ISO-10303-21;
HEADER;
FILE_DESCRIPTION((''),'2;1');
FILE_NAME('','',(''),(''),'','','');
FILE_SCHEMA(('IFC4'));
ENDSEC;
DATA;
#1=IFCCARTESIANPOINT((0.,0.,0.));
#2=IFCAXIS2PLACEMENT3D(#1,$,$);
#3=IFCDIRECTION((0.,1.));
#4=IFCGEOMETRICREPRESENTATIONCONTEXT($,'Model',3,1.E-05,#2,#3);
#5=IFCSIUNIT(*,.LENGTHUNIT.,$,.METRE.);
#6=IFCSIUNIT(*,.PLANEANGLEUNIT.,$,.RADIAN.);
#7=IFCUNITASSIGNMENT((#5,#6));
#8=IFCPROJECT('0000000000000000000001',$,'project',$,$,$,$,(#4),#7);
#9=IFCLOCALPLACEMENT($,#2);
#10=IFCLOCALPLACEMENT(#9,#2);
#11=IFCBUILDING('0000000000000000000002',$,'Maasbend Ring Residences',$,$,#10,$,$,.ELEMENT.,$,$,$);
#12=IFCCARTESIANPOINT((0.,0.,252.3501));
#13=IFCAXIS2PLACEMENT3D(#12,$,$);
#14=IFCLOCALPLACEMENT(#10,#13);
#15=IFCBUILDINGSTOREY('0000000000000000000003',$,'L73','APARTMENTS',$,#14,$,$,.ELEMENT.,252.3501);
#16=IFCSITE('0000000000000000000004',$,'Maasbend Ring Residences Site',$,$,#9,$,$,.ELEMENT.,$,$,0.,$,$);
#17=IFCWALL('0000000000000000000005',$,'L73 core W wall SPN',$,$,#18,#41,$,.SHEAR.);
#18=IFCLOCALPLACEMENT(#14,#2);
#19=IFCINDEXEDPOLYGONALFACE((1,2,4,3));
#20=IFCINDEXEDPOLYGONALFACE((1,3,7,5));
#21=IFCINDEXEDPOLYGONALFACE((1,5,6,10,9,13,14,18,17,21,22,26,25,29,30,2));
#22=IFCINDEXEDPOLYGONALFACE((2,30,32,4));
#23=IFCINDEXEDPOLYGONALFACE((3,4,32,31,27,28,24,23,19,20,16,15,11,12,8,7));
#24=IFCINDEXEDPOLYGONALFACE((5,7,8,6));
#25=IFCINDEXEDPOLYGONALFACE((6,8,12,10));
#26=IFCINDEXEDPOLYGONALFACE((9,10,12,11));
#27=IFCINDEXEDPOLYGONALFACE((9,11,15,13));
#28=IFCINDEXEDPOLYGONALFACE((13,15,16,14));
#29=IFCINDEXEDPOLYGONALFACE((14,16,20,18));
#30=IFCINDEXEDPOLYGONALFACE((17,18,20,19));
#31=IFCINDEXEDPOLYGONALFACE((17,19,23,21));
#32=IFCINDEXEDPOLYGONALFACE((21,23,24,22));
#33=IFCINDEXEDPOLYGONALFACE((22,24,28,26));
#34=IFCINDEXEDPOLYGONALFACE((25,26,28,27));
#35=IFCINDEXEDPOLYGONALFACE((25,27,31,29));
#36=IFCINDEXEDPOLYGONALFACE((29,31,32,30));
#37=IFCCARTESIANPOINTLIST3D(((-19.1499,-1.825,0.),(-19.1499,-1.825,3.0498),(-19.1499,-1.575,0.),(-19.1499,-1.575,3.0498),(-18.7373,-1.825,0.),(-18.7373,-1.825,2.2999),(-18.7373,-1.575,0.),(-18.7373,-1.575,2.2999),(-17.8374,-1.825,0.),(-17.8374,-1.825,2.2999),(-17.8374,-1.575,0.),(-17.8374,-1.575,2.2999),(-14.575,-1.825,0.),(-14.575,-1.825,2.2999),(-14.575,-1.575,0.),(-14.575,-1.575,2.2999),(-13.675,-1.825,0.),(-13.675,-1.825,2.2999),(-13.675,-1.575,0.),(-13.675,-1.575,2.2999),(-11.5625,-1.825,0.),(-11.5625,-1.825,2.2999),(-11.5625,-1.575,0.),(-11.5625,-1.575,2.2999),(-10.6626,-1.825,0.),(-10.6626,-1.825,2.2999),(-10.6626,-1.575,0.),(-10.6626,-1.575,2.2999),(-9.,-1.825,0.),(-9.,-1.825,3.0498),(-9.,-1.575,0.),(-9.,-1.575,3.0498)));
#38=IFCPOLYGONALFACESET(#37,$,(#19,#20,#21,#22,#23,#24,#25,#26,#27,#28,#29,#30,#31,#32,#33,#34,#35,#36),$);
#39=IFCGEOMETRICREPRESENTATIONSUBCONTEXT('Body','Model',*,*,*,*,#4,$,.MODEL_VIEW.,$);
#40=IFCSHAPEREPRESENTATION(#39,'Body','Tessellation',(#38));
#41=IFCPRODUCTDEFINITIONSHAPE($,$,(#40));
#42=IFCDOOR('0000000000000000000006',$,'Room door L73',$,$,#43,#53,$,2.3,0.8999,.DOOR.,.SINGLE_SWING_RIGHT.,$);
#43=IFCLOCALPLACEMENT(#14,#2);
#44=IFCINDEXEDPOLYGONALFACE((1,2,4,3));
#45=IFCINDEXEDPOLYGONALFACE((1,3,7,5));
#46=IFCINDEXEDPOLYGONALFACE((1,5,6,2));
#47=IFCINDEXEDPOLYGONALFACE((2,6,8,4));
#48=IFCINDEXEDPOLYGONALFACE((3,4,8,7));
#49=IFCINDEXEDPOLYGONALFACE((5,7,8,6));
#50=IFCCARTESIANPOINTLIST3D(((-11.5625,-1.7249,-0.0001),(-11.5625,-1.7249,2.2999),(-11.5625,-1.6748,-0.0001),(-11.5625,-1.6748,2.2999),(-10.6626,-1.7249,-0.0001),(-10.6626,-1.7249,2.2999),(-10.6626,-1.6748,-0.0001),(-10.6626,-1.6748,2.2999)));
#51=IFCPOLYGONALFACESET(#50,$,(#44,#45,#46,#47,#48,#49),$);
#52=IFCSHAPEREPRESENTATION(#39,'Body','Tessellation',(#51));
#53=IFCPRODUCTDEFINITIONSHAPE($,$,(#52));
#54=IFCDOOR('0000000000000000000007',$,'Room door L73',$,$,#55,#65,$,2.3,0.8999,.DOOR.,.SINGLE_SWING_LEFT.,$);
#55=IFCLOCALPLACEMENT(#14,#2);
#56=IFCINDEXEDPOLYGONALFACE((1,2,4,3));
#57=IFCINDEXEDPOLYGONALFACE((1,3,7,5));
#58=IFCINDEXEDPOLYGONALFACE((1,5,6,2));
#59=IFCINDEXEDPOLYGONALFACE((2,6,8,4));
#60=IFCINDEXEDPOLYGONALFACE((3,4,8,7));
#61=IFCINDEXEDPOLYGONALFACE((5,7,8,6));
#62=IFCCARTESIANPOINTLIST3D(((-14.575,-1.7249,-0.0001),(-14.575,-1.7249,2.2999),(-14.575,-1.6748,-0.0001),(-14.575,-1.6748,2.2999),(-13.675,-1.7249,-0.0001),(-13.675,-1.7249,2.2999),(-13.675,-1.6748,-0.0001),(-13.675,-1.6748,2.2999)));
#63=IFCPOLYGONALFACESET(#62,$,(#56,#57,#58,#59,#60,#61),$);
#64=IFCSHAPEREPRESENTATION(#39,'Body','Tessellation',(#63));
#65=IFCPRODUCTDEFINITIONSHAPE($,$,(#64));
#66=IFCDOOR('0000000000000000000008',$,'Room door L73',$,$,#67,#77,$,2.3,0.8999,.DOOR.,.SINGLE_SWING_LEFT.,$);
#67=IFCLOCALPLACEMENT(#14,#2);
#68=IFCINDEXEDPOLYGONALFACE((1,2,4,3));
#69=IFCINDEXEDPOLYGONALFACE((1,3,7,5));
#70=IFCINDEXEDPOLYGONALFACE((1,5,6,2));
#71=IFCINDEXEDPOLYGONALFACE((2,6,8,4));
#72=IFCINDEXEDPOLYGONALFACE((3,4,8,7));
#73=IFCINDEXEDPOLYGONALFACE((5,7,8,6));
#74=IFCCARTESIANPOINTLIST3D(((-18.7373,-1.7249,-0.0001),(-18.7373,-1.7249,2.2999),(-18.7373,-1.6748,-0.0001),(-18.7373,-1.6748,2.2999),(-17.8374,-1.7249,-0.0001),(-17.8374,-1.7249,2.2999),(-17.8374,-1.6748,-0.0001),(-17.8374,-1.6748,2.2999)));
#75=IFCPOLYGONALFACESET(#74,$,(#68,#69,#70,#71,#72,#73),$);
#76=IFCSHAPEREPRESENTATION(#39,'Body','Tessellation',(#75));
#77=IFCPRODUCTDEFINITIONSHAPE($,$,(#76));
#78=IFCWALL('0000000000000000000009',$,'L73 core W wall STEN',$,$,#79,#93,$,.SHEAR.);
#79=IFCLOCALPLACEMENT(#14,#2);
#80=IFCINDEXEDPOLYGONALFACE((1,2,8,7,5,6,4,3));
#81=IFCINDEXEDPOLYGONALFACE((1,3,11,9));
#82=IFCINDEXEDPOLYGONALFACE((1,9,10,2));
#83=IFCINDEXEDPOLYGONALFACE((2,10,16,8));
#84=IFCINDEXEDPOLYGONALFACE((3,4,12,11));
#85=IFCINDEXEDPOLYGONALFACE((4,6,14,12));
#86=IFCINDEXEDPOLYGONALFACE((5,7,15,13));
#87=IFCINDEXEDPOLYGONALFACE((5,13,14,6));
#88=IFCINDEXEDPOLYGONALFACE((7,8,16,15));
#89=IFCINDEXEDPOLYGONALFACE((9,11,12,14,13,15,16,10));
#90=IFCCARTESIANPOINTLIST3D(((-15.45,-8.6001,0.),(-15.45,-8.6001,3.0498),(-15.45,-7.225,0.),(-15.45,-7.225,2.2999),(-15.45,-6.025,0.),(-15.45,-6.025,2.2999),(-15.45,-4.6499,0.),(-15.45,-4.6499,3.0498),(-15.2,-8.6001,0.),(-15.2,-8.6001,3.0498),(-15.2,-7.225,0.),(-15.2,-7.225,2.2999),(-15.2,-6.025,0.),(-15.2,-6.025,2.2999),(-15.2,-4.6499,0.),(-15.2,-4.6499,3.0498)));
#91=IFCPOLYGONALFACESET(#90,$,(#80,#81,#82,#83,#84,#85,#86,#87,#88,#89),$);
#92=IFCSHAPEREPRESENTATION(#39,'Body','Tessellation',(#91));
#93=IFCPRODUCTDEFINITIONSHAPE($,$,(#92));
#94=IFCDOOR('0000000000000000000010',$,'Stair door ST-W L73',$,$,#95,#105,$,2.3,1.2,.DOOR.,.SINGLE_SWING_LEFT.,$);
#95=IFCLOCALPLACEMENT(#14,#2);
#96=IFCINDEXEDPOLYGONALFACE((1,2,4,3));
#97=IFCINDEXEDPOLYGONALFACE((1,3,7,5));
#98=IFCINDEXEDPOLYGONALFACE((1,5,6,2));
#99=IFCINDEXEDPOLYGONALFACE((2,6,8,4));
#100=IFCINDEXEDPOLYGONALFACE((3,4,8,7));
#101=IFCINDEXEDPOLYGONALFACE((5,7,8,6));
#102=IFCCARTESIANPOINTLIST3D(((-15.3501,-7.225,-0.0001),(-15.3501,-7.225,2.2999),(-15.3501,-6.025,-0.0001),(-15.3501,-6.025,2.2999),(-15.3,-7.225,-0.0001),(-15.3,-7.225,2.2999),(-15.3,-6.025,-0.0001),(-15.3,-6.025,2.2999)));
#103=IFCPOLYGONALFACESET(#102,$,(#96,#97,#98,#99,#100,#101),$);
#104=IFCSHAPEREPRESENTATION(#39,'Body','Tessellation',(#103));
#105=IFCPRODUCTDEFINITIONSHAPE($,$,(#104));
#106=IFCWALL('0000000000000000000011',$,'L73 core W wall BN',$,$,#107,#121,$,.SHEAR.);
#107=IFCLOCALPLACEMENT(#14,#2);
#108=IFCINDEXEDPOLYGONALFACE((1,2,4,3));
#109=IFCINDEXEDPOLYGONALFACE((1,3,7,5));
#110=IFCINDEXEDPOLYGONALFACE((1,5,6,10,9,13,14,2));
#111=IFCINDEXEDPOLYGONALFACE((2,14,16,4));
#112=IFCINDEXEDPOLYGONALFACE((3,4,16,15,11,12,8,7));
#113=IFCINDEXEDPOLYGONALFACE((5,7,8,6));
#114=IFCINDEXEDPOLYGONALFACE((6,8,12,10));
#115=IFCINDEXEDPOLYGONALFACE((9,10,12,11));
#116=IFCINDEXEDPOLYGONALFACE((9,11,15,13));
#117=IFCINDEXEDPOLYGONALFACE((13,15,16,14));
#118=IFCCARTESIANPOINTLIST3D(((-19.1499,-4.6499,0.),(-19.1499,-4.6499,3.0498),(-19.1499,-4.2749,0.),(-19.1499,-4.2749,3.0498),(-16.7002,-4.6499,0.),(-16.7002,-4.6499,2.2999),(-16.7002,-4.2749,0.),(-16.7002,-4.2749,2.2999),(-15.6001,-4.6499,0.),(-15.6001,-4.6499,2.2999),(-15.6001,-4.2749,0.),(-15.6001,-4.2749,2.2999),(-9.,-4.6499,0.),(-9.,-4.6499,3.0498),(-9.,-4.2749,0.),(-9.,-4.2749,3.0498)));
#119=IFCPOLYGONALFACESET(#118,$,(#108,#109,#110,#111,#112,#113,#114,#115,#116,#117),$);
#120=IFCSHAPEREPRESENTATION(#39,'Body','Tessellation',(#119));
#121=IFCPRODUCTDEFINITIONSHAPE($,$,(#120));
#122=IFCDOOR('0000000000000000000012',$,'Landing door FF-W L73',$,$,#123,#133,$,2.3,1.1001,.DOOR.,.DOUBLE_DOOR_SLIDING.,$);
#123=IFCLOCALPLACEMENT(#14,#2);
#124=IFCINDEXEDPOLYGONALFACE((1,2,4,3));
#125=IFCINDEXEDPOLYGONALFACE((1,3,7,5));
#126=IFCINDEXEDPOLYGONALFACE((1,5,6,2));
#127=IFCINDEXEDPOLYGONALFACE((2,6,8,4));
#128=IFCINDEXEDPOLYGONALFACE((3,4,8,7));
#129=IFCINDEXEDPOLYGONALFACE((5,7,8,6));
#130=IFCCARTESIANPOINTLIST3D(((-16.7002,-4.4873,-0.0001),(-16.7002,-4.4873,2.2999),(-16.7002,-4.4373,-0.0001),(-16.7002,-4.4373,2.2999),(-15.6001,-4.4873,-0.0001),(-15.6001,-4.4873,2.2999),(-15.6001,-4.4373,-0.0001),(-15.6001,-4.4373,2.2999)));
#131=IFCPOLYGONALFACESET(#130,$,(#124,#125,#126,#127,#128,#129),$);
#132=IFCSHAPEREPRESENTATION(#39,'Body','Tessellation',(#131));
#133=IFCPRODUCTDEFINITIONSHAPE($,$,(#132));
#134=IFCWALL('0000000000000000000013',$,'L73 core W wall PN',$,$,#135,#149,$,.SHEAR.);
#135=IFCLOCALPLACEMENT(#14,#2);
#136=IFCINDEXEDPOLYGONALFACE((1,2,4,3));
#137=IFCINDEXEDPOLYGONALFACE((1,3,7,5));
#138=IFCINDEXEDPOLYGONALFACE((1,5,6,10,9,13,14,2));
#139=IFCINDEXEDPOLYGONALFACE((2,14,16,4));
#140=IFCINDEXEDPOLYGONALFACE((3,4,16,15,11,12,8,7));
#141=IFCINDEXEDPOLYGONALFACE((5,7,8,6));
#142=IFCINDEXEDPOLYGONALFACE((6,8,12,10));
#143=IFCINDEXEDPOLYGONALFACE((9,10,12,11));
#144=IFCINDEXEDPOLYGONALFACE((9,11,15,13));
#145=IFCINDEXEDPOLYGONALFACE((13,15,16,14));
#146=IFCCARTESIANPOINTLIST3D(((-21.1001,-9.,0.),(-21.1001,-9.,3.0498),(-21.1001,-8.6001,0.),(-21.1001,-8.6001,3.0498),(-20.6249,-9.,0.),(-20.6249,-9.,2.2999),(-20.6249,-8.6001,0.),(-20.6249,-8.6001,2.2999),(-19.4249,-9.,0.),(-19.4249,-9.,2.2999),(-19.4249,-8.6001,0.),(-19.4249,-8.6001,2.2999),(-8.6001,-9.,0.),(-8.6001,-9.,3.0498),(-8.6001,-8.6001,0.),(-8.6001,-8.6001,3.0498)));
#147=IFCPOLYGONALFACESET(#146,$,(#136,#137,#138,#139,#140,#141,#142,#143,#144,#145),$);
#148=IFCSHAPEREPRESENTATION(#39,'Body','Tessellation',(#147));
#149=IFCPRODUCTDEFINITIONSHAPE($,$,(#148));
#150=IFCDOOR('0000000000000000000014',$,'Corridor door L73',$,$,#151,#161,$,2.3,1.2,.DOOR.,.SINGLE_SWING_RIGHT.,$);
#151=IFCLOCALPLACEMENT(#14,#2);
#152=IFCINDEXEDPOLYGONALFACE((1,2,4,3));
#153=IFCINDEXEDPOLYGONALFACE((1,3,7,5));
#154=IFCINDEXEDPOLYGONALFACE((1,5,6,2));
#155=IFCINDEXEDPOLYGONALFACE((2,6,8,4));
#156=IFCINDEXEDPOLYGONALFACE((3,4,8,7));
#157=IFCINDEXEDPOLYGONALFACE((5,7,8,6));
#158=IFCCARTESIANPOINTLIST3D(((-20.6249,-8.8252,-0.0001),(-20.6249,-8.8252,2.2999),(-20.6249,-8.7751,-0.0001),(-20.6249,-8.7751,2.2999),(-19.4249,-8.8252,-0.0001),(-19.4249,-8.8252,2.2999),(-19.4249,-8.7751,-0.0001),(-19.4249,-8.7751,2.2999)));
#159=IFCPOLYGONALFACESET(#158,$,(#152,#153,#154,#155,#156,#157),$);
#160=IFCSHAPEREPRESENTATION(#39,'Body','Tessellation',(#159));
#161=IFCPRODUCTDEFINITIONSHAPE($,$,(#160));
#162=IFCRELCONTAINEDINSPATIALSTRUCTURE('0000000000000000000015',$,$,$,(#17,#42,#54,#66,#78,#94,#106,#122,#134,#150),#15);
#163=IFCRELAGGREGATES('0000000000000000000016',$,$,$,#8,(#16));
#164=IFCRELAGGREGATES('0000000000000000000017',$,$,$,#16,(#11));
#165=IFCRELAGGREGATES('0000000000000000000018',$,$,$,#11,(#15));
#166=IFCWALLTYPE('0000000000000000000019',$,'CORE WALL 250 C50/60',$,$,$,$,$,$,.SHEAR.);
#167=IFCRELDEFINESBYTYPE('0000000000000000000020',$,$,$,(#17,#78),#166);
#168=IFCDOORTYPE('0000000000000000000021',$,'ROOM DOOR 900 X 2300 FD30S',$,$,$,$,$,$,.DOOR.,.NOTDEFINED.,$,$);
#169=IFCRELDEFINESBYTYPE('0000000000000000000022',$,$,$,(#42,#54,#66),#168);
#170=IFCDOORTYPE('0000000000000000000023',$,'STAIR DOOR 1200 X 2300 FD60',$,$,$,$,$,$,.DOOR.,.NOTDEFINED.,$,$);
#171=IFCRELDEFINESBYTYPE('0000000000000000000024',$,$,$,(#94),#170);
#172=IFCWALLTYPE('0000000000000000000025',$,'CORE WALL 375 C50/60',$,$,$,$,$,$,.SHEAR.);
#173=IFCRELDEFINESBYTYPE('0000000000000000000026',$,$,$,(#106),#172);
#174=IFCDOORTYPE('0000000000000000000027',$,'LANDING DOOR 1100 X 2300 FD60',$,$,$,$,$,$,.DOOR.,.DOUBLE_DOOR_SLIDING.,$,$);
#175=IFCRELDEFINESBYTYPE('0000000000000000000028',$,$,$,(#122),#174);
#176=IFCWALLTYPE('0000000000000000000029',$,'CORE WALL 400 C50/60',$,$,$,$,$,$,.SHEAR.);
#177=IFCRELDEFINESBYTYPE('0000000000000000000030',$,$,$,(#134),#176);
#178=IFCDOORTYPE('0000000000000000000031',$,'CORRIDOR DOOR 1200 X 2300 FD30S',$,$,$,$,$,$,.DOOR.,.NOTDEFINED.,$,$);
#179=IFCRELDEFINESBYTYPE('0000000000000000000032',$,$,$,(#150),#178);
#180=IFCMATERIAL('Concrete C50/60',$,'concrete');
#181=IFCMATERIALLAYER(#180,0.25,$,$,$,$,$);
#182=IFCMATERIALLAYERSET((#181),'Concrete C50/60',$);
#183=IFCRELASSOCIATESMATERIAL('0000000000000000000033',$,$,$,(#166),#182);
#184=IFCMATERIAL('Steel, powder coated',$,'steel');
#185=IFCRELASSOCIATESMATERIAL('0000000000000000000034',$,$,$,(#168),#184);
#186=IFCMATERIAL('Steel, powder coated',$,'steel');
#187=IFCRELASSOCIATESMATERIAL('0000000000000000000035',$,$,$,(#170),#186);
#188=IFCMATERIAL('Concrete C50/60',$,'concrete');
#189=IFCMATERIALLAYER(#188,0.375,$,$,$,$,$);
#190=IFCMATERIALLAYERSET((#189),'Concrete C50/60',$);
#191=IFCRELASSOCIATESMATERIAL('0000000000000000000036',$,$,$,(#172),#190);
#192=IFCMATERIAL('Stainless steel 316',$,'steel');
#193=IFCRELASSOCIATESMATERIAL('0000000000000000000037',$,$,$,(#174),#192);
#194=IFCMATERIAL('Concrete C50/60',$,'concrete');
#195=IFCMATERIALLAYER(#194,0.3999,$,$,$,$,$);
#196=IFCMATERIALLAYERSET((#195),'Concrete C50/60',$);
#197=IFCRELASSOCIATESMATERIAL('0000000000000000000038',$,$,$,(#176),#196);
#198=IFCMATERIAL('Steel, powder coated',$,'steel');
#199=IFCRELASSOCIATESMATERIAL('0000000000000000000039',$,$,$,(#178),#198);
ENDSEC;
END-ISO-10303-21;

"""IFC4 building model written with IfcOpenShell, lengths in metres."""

from ifc_helpers import new_model, si_unit, direction, frame, frame_2d, origin, place, context, subcontext, project, spatial, rectangle, extrude, material, layer, layer_set, type_object, element, fill, save


model = new_model("IFC4")

# Units and contexts
model_context = context("Model", 3, precision=1e-05, world=origin(), true_north=direction((0.0, 1.0)))
body_context = subcontext(model_context, "Body", "Model", "MODEL_VIEW")
ifc_project = project(units=[si_unit("LENGTHUNIT", "METRE"), si_unit("PLANEANGLEUNIT", "RADIAN")], contexts=[model_context])

# Site, building, storey
site_placement = place(None, origin())
site = spatial("IfcSite", under=ifc_project, at=site_placement, Name="Maasbend Ring Residences Site", CompositionType="ELEMENT", RefElevation=0.0)
building_placement = place(site_placement, origin())
building = spatial("IfcBuilding", under=site, at=building_placement, Name="Maasbend Ring Residences", CompositionType="ELEMENT")
storey_placement = place(building_placement, frame((0.0, 0.0, 252.3501)))
storey = spatial("IfcBuildingStorey", under=building, at=storey_placement, Name="L73", Description="APARTMENTS", CompositionType="ELEMENT", Elevation=252.3501)

# Wall, openings, doors
ifc_material_1 = material(Name="Concrete C50/60", Category="concrete")
ifc_layer_1 = layer(ifc_material_1, 0.25)
ifc_layer_set_1 = layer_set([ifc_layer_1], Name="Concrete C50/60")
wall_type_1 = type_object("IfcWallType", Name="CORE WALL 250 C50/60", PredefinedType="SHEAR", material=ifc_layer_set_1)
wall_1_placement = place(storey_placement, frame((-9.0, -1.7, 0.0), z_axis=(0.0, 0.0, 1.0), x_axis=(-1.0, 0.0, 0.0)))
wall_1 = element("IfcWall", 1, at=wall_1_placement, inside=storey, type_object=wall_type_1, Name="L73 core W wall SPN", PredefinedType="SHEAR", context=body_context, shape_type="SweptSolid", body=[
    extrude(rectangle(XDim=10.1499, YDim=0.25, at=frame_2d((5.075, 0.0))), origin(), (0.0, 0.0, 1.0), 3.0498),
])
opening_1_placement = place(wall_1_placement, frame((1.6626, 0.0, 0.0)))
opening_1 = element("IfcOpeningElement", 2, at=opening_1_placement, cuts=wall_1, PredefinedType="OPENING", context=body_context, shape_type="SweptSolid", body=[
    extrude(rectangle(XDim=0.8999, YDim=2.3, at=frame_2d((0.45, 1.1499))), frame((0.0, 0.135, 0.0), z_axis=(0.0, -1.0, 0.0), x_axis=(1.0, 0.0, 0.0)), (0.0, 0.0, 1.0), 0.27),
])
opening_2_placement = place(wall_1_placement, frame((4.675, 0.0, 0.0)))
opening_2 = element("IfcOpeningElement", 3, at=opening_2_placement, cuts=wall_1, PredefinedType="OPENING", context=body_context, shape_type="SweptSolid", body=[
    extrude(rectangle(XDim=0.8999, YDim=2.3, at=frame_2d((0.45, 1.1499))), frame((0.0, 0.135, 0.0), z_axis=(0.0, -1.0, 0.0), x_axis=(1.0, 0.0, 0.0)), (0.0, 0.0, 1.0), 0.27),
])
opening_3_placement = place(wall_1_placement, frame((8.8374, 0.0, 0.0)))
opening_3 = element("IfcOpeningElement", 4, at=opening_3_placement, cuts=wall_1, PredefinedType="OPENING", context=body_context, shape_type="SweptSolid", body=[
    extrude(rectangle(XDim=0.8999, YDim=2.3, at=frame_2d((0.45, 1.1499))), frame((0.0, 0.135, 0.0), z_axis=(0.0, -1.0, 0.0), x_axis=(1.0, 0.0, 0.0)), (0.0, 0.0, 1.0), 0.27),
])
ifc_material_2 = material(Name="Steel, powder coated", Category="steel")
door_type_1 = type_object("IfcDoorType", Name="ROOM DOOR 900 X 2300 FD30S", OperationType="NOTDEFINED", PredefinedType="DOOR", material=ifc_material_2)
door_1_placement = place(opening_1_placement, origin())
door_1 = element("IfcDoor", 5, at=door_1_placement, inside=storey, type_object=door_type_1, Name="Room door L73", OperationType="SINGLE_SWING_RIGHT", OverallHeight=2.3, OverallWidth=0.8999, PredefinedType="DOOR", context=body_context, shape_type="SweptSolid", body=[
    extrude(rectangle(XDim=0.8999, YDim=2.3, at=frame_2d((0.45, 1.1499))), frame((0.0, 0.0249, 0.0), z_axis=(0.0, -1.0, 0.0), x_axis=(1.0, 0.0, 0.0)), (0.0, 0.0, 1.0), 0.05),
])
fill(opening_1, door_1)
door_2_placement = place(opening_2_placement, origin())
door_2 = element("IfcDoor", 6, at=door_2_placement, inside=storey, type_object=door_type_1, Name="Room door L73", OperationType="SINGLE_SWING_LEFT", OverallHeight=2.3, OverallWidth=0.8999, PredefinedType="DOOR", context=body_context, shape_type="SweptSolid", body=[
    extrude(rectangle(XDim=0.8999, YDim=2.3, at=frame_2d((0.45, 1.1499))), frame((0.0, 0.0249, 0.0), z_axis=(0.0, -1.0, 0.0), x_axis=(1.0, 0.0, 0.0)), (0.0, 0.0, 1.0), 0.05),
])
fill(opening_2, door_2)
door_3_placement = place(opening_3_placement, origin())
door_3 = element("IfcDoor", 7, at=door_3_placement, inside=storey, type_object=door_type_1, Name="Room door L73", OperationType="SINGLE_SWING_LEFT", OverallHeight=2.3, OverallWidth=0.8999, PredefinedType="DOOR", context=body_context, shape_type="SweptSolid", body=[
    extrude(rectangle(XDim=0.8999, YDim=2.3, at=frame_2d((0.45, 1.1499))), frame((0.0, 0.0249, 0.0), z_axis=(0.0, -1.0, 0.0), x_axis=(1.0, 0.0, 0.0)), (0.0, 0.0, 1.0), 0.05),
])
fill(opening_3, door_3)

# Walls, openings, doors
wall_2_placement = place(storey_placement, frame((-15.325, -4.6499, 0.0), z_axis=(0.0, 0.0, 1.0), x_axis=(0.0, -1.0, 0.0)))
wall_2 = element("IfcWall", 8, at=wall_2_placement, inside=storey, type_object=wall_type_1, Name="L73 core W wall STEN", PredefinedType="SHEAR", context=body_context, shape_type="SweptSolid", body=[
    extrude(rectangle(XDim=3.9502, YDim=0.25, at=frame_2d((1.9751, 0.0))), origin(), (0.0, 0.0, 1.0), 3.0498),
])
opening_4_placement = place(wall_2_placement, frame((1.375, 0.0, 0.0)))
opening_4 = element("IfcOpeningElement", 9, at=opening_4_placement, cuts=wall_2, PredefinedType="OPENING", context=body_context, shape_type="SweptSolid", body=[
    extrude(rectangle(XDim=1.2, YDim=2.3, at=frame_2d((0.6001, 1.1499))), frame((0.0, 0.135, 0.0), z_axis=(0.0, -1.0, 0.0), x_axis=(1.0, 0.0, 0.0)), (0.0, 0.0, 1.0), 0.27),
])
ifc_material_3 = material(Name="Steel, powder coated", Category="steel")
door_type_2 = type_object("IfcDoorType", Name="STAIR DOOR 1200 X 2300 FD60", OperationType="NOTDEFINED", PredefinedType="DOOR", material=ifc_material_3)
door_4_placement = place(opening_4_placement, origin())
door_4 = element("IfcDoor", 10, at=door_4_placement, inside=storey, type_object=door_type_2, Name="Stair door ST-W L73", OperationType="SINGLE_SWING_LEFT", OverallHeight=2.3, OverallWidth=1.2, PredefinedType="DOOR", context=body_context, shape_type="SweptSolid", body=[
    extrude(rectangle(XDim=1.2, YDim=2.3, at=frame_2d((0.6001, 1.1499))), frame((0.0, 0.0249, 0.0), z_axis=(0.0, -1.0, 0.0), x_axis=(1.0, 0.0, 0.0)), (0.0, 0.0, 1.0), 0.05),
])
fill(opening_4, door_4)
ifc_material_4 = material(Name="Concrete C50/60", Category="concrete")
ifc_layer_2 = layer(ifc_material_4, 0.375)
ifc_layer_set_2 = layer_set([ifc_layer_2], Name="Concrete C50/60")
wall_type_2 = type_object("IfcWallType", Name="CORE WALL 375 C50/60", PredefinedType="SHEAR", material=ifc_layer_set_2)
wall_3_placement = place(storey_placement, frame((-9.0, -4.4624, 0.0), z_axis=(0.0, 0.0, 1.0), x_axis=(-1.0, 0.0, 0.0)))
wall_3 = element("IfcWall", 11, at=wall_3_placement, inside=storey, type_object=wall_type_2, Name="L73 core W wall BN", PredefinedType="SHEAR", context=body_context, shape_type="SweptSolid", body=[
    extrude(rectangle(XDim=10.1499, YDim=0.375, at=frame_2d((5.075, 0.0))), origin(), (0.0, 0.0, 1.0), 3.0498),
])
opening_5_placement = place(wall_3_placement, frame((6.6001, 0.0, 0.0)))
opening_5 = element("IfcOpeningElement", 12, at=opening_5_placement, cuts=wall_3, PredefinedType="OPENING", context=body_context, shape_type="SweptSolid", body=[
    extrude(rectangle(XDim=1.1001, YDim=2.3, at=frame_2d((0.55, 1.1499))), frame((0.0, 0.1975, 0.0), z_axis=(0.0, -1.0, 0.0), x_axis=(1.0, 0.0, 0.0)), (0.0, 0.0, 1.0), 0.395),
])
ifc_material_5 = material(Name="Stainless steel 316", Category="steel")
door_type_3 = type_object("IfcDoorType", Name="LANDING DOOR 1100 X 2300 FD60", OperationType="DOUBLE_DOOR_SLIDING", PredefinedType="DOOR", material=ifc_material_5)
door_5_placement = place(opening_5_placement, origin())
door_5 = element("IfcDoor", 13, at=door_5_placement, inside=storey, type_object=door_type_3, Name="Landing door FF-W L73", OperationType="DOUBLE_DOOR_SLIDING", OverallHeight=2.3, OverallWidth=1.1001, PredefinedType="DOOR", context=body_context, shape_type="SweptSolid", body=[
    extrude(rectangle(XDim=1.1001, YDim=2.3, at=frame_2d((0.55, 1.1499))), frame((0.0, 0.0249, 0.0), z_axis=(0.0, -1.0, 0.0), x_axis=(1.0, 0.0, 0.0)), (0.0, 0.0, 1.0), 0.05),
])
fill(opening_5, door_5)
ifc_material_6 = material(Name="Concrete C50/60", Category="concrete")
ifc_layer_3 = layer(ifc_material_6, 0.3999)
ifc_layer_set_3 = layer_set([ifc_layer_3], Name="Concrete C50/60")
wall_type_3 = type_object("IfcWallType", Name="CORE WALL 400 C50/60", PredefinedType="SHEAR", material=ifc_layer_set_3)
wall_4_placement = place(storey_placement, frame((-21.1001, -8.8, 0.0), z_axis=(0.0, 0.0, 1.0), x_axis=(1.0, 0.0, 0.0)))
wall_4 = element("IfcWall", 14, at=wall_4_placement, inside=storey, type_object=wall_type_3, Name="L73 core W wall PN", PredefinedType="SHEAR", context=body_context, shape_type="SweptSolid", body=[
    extrude(rectangle(XDim=12.5, YDim=0.3999, at=frame_2d((6.25, 0.0))), origin(), (0.0, 0.0, 1.0), 3.0498),
])
opening_6_placement = place(wall_4_placement, frame((0.4751, 0.0, 0.0)))
opening_6 = element("IfcOpeningElement", 15, at=opening_6_placement, cuts=wall_4, PredefinedType="OPENING", context=body_context, shape_type="SweptSolid", body=[
    extrude(rectangle(XDim=1.2, YDim=2.3, at=frame_2d((0.6001, 1.1499))), frame((0.0, 0.21, 0.0), z_axis=(0.0, -1.0, 0.0), x_axis=(1.0, 0.0, 0.0)), (0.0, 0.0, 1.0), 0.4199),
])
ifc_material_7 = material(Name="Steel, powder coated", Category="steel")
door_type_4 = type_object("IfcDoorType", Name="CORRIDOR DOOR 1200 X 2300 FD30S", OperationType="NOTDEFINED", PredefinedType="DOOR", material=ifc_material_7)
door_6_placement = place(opening_6_placement, origin())
door_6 = element("IfcDoor", 16, at=door_6_placement, inside=storey, type_object=door_type_4, Name="Corridor door L73", OperationType="SINGLE_SWING_RIGHT", OverallHeight=2.3, OverallWidth=1.2, PredefinedType="DOOR", context=body_context, shape_type="SweptSolid", body=[
    extrude(rectangle(XDim=1.2, YDim=2.3, at=frame_2d((0.6001, 1.1499))), frame((0.0, 0.0249, 0.0), z_axis=(0.0, -1.0, 0.0), x_axis=(1.0, 0.0, 0.0)), (0.0, 0.0, 1.0), 0.05),
])
fill(opening_6, door_6)

save(model, "model.ifc")
